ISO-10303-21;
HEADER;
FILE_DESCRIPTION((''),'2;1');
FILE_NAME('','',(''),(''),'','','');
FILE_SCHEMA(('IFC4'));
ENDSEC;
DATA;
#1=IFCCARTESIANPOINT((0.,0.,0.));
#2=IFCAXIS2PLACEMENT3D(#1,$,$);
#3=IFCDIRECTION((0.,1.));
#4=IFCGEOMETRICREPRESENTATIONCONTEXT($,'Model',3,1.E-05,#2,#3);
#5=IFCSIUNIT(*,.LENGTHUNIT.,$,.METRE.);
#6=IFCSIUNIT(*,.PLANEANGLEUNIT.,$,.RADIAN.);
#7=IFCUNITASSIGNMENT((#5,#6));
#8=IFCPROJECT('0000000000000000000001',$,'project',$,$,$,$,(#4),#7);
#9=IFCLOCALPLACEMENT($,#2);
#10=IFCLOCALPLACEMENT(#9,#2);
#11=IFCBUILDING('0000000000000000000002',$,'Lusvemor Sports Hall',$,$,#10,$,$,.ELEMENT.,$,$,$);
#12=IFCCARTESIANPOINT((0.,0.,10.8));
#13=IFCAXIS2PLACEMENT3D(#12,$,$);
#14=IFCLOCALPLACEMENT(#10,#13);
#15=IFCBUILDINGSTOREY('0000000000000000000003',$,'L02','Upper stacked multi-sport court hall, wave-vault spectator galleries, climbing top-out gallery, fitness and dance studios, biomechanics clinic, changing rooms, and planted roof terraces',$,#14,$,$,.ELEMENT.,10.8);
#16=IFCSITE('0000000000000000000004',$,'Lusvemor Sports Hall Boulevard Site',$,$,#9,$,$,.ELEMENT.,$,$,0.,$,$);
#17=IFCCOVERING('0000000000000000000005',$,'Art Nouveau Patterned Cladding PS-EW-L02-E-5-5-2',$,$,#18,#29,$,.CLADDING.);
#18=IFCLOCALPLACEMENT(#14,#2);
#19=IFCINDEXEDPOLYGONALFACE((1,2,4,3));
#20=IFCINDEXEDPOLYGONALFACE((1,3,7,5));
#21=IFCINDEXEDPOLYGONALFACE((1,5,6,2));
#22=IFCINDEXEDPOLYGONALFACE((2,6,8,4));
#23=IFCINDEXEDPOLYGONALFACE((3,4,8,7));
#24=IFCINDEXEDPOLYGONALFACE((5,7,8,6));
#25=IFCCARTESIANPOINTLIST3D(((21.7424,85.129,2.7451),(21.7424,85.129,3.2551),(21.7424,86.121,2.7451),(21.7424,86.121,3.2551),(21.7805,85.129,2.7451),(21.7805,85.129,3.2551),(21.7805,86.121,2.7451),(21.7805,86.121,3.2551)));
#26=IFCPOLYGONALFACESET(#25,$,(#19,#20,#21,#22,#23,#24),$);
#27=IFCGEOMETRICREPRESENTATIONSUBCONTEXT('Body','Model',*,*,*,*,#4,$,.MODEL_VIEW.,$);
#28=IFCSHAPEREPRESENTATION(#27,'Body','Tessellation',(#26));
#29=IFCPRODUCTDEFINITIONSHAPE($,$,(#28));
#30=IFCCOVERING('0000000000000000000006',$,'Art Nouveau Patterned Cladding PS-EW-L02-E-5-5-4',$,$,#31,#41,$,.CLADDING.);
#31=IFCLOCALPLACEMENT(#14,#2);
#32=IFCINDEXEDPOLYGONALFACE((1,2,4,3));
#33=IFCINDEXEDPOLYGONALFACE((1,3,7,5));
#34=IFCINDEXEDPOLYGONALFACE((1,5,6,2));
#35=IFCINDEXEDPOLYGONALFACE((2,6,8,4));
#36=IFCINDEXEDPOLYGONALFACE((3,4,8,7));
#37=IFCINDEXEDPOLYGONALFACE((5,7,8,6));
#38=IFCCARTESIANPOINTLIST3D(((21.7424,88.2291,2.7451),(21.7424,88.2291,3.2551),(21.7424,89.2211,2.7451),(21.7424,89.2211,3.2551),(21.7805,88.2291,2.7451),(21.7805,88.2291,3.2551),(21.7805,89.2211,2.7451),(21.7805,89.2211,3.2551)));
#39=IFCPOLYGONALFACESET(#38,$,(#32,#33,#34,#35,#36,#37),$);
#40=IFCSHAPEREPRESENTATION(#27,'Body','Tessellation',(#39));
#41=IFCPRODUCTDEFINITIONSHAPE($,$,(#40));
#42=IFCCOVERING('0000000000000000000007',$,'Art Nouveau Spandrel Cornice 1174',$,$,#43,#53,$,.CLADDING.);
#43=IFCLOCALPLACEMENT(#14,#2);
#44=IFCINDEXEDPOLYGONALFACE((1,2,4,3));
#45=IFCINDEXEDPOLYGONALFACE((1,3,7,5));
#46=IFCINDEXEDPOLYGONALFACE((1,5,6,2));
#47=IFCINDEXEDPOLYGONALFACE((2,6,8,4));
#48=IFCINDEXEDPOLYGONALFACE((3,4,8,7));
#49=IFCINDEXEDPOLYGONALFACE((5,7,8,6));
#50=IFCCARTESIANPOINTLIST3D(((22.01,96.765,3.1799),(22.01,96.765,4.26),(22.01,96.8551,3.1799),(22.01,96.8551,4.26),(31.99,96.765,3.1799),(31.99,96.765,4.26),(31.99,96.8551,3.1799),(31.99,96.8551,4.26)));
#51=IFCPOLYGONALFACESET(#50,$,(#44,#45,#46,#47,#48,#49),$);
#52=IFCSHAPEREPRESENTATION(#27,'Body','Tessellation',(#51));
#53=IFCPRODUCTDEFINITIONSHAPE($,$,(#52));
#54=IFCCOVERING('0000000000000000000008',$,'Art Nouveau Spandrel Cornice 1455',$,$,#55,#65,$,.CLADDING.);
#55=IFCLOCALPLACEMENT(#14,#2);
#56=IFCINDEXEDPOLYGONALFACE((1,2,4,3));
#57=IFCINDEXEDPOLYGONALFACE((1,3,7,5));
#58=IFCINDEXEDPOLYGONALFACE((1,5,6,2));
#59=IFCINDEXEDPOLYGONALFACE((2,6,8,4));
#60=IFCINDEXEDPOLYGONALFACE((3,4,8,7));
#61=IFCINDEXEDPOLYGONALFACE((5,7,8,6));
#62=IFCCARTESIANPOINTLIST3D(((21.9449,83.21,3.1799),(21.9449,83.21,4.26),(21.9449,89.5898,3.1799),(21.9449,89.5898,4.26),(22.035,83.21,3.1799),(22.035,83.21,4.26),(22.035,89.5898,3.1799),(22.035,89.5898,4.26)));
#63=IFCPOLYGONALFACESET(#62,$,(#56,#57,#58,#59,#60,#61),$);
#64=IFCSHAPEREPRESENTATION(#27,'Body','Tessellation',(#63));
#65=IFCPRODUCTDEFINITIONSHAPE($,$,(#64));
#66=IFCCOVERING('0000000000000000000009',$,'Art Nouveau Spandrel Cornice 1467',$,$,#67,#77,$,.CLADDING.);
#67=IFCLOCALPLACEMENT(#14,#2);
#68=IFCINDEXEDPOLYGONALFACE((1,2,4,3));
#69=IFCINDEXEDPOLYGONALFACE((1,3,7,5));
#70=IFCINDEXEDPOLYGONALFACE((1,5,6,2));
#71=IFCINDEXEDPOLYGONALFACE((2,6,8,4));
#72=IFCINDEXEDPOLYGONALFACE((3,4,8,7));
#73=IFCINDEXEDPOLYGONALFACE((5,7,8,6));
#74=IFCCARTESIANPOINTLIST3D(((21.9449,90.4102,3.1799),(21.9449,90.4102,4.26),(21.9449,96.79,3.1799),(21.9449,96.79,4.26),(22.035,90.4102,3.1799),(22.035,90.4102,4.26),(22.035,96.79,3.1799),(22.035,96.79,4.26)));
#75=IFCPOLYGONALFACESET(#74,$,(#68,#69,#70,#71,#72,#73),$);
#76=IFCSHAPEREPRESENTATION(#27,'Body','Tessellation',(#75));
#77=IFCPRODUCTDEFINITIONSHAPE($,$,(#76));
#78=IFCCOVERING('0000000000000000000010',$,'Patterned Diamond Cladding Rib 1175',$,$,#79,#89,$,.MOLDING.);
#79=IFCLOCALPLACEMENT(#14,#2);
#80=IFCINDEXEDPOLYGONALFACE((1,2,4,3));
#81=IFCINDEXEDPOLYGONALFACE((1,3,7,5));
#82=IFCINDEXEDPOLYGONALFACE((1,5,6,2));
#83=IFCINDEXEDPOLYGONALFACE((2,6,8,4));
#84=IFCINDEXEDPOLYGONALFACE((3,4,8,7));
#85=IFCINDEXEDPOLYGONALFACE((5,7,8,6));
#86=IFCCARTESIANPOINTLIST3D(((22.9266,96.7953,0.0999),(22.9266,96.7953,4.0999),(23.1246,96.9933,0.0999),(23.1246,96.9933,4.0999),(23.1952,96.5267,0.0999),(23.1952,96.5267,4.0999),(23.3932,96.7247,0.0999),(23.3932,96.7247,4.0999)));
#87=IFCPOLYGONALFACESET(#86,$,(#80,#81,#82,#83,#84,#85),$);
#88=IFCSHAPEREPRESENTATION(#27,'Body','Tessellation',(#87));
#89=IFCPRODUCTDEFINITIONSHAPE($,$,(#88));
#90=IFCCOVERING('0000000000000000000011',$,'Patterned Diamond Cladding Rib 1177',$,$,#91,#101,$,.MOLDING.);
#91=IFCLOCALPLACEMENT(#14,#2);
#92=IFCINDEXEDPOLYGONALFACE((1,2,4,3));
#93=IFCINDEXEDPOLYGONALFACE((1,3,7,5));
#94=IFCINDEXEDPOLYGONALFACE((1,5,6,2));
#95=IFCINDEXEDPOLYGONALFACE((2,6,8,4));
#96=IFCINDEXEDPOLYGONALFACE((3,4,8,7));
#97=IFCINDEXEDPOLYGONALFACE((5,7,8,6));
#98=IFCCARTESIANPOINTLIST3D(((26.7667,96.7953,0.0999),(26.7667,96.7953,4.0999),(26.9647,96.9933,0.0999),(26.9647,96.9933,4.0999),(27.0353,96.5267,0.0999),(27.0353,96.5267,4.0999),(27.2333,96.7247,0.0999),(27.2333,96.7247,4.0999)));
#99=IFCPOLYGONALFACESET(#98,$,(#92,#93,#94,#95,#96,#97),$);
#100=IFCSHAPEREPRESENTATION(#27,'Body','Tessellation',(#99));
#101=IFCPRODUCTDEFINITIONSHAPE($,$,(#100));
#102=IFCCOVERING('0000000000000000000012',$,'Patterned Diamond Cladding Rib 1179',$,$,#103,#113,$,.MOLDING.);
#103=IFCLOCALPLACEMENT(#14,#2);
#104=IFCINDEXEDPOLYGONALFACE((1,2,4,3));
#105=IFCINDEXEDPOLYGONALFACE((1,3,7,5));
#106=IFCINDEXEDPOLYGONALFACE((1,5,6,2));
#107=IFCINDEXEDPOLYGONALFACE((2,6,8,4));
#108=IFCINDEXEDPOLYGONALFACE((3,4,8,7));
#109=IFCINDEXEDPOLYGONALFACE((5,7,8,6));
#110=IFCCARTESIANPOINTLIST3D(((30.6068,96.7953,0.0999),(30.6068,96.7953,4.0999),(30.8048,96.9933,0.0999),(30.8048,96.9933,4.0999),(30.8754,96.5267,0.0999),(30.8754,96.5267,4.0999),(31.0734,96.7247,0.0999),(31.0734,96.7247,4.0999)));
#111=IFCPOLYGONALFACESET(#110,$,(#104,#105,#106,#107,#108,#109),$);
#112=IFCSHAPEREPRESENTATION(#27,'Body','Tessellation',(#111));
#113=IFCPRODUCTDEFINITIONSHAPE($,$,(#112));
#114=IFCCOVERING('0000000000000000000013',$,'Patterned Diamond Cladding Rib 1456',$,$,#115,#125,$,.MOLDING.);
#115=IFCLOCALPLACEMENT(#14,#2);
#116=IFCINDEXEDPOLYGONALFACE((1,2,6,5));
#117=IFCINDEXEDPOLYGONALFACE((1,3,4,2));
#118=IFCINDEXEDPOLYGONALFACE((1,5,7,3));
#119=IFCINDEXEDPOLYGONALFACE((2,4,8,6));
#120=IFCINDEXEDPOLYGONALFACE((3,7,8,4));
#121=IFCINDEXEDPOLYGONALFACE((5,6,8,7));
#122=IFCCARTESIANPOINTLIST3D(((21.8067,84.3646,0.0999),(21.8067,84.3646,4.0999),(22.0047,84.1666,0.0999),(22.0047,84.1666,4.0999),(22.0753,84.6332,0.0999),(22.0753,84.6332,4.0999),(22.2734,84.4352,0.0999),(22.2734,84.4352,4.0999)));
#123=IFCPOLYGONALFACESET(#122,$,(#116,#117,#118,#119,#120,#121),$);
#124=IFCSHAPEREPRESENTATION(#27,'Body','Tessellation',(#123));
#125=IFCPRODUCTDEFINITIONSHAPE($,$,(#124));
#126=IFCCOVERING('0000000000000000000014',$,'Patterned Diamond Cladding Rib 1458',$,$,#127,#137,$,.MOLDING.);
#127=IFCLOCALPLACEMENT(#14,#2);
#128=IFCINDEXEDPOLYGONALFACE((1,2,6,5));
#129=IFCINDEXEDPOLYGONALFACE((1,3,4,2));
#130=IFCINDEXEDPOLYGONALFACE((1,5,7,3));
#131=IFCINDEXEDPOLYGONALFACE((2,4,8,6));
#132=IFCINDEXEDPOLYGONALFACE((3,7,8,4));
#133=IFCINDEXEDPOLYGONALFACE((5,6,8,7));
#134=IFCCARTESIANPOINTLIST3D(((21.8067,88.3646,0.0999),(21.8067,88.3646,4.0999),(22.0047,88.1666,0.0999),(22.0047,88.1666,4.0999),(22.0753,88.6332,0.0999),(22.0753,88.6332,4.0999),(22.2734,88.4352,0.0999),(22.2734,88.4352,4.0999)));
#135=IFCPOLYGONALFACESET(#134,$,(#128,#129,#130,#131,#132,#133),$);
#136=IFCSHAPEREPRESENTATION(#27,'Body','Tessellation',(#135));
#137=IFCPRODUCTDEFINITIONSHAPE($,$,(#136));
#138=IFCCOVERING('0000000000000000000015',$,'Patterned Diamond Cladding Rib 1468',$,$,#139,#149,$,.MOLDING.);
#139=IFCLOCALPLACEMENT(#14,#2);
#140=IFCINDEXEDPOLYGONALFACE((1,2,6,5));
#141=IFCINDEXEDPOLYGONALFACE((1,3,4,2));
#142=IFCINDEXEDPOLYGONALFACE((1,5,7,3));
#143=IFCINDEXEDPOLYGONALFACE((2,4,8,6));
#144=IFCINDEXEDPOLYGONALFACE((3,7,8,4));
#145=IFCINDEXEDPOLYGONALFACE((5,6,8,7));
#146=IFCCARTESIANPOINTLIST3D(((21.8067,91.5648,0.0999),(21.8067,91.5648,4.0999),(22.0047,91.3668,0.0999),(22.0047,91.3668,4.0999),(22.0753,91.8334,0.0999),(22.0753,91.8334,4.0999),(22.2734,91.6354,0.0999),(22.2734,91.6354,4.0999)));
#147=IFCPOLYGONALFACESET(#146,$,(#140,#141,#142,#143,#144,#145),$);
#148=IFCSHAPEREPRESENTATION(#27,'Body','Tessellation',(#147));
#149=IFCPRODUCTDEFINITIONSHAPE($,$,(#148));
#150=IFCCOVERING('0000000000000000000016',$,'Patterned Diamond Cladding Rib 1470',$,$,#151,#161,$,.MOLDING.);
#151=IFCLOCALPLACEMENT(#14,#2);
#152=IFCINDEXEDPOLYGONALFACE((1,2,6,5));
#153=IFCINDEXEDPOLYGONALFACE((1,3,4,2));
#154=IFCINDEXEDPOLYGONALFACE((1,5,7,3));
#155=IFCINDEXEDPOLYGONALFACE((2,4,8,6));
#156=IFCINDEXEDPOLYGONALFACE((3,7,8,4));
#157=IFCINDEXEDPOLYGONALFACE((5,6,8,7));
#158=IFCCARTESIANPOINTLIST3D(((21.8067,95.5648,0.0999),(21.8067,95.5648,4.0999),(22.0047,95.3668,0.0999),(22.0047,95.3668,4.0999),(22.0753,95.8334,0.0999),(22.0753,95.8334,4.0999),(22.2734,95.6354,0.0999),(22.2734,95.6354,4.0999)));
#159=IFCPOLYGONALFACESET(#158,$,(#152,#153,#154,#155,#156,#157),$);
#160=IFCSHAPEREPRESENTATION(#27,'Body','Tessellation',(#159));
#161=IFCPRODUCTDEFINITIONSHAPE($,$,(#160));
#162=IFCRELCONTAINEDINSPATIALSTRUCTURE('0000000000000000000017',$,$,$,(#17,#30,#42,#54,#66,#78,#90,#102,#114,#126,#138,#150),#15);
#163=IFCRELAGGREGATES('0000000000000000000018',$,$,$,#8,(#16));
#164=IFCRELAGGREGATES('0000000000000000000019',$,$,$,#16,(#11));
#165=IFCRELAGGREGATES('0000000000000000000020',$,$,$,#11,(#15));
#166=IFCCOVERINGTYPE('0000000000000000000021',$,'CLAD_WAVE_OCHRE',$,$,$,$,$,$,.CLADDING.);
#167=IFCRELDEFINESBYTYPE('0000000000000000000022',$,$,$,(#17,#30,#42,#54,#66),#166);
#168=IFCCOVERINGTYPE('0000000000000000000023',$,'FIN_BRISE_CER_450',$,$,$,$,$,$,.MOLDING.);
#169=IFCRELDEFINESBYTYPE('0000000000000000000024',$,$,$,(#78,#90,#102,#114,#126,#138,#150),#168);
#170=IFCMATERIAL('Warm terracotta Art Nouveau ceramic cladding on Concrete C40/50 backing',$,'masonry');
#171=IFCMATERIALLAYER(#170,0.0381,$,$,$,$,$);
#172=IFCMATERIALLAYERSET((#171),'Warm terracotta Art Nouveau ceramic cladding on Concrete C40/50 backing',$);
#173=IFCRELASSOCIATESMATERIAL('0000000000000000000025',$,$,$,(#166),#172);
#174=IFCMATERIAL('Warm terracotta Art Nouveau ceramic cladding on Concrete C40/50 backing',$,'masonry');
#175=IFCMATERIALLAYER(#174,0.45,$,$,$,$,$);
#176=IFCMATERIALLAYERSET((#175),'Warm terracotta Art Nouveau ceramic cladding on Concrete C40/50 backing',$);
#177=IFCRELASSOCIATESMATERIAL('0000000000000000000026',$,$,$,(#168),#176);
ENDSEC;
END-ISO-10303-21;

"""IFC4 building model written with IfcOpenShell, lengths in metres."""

from ifc_helpers import new_model, si_unit, direction, frame, origin, origin_2d, place, context, subcontext, project, spatial, rectangle, extrude, material, layer, layer_set, type_object, element, save


model = new_model("IFC4")

# Units and contexts
model_context = context("Model", 3, precision=1e-05, world=origin(), true_north=direction((0.0, 1.0)))
body_context = subcontext(model_context, "Body", "Model", "MODEL_VIEW")
ifc_project = project(units=[si_unit("LENGTHUNIT", "METRE"), si_unit("PLANEANGLEUNIT", "RADIAN")], contexts=[model_context])

# Site, building, storey
site_placement = place(None, origin())
site = spatial("IfcSite", under=ifc_project, at=site_placement, Name="Lusvemor Sports Hall Boulevard Site", CompositionType="ELEMENT", RefElevation=0.0)
building_placement = place(site_placement, origin())
building = spatial("IfcBuilding", under=site, at=building_placement, Name="Lusvemor Sports Hall", CompositionType="ELEMENT")
storey_placement = place(building_placement, frame((0.0, 0.0, 10.8)))
storey = spatial("IfcBuildingStorey", under=building, at=storey_placement, Name="L02", Description="Upper stacked multi-sport court hall, wave-vault spectator galleries, climbing top-out gallery, fitness and dance studios, biomechanics clinic, changing rooms, and planted roof terraces", CompositionType="ELEMENT", Elevation=10.8)

# Coverings
ifc_material_1 = material(Name="Warm terracotta Art Nouveau ceramic cladding on Concrete C40/50 backing", Category="masonry")
ifc_layer_1 = layer(ifc_material_1, 0.0381)
ifc_layer_set_1 = layer_set([ifc_layer_1], Name="Warm terracotta Art Nouveau ceramic cladding on Concrete C40/50 backing")
covering_type_1 = type_object("IfcCoveringType", Name="CLAD_WAVE_OCHRE", PredefinedType="CLADDING", material=ifc_layer_set_1)
for number, where, z_axis, x_axis, name in (
    (1, (21.7615, 85.625, 2.7451), (0.0, 0.0, 1.0), (1.0, 0.0, 0.0), "Art Nouveau Patterned Cladding PS-EW-L02-E-5-5-2"),
    (2, (21.7615, 88.7251, 2.7451), (0.0, 0.0, 1.0), (1.0, 0.0, 0.0), "Art Nouveau Patterned Cladding PS-EW-L02-E-5-5-4"),
):
    element("IfcCovering", number, at=place(storey_placement, frame(where, z_axis=z_axis, x_axis=x_axis)), inside=storey, type_object=covering_type_1, Name=name, PredefinedType="CLADDING", context=body_context, shape_type="SweptSolid", body=[
        extrude(rectangle(XDim=0.0381, YDim=0.9919, at=origin_2d()), origin(), (0.0, 0.0, 1.0), 0.51),
    ])
covering_placement = place(storey_placement, frame((27.0, 96.8101, 3.1799), z_axis=(0.0, 0.0, 1.0), x_axis=(1.0, 0.0, 0.0)))
element("IfcCovering", 3, at=covering_placement, inside=storey, type_object=covering_type_1, Name="Art Nouveau Spandrel Cornice 1174", PredefinedType="CLADDING", context=body_context, shape_type="SweptSolid", body=[
    extrude(rectangle(XDim=9.98, YDim=0.0901, at=origin_2d()), origin(), (0.0, 0.0, 1.0), 1.0801),
])
for number, where, z_axis, x_axis, name in (
    (4, (21.99, 86.3999, 3.1799), (0.0, 0.0, 1.0), (1.0, 0.0, 0.0), "Art Nouveau Spandrel Cornice 1455"),
    (5, (21.99, 93.6001, 3.1799), (0.0, 0.0, 1.0), (1.0, 0.0, 0.0), "Art Nouveau Spandrel Cornice 1467"),
):
    element("IfcCovering", number, at=place(storey_placement, frame(where, z_axis=z_axis, x_axis=x_axis)), inside=storey, type_object=covering_type_1, Name=name, PredefinedType="CLADDING", context=body_context, shape_type="SweptSolid", body=[
        extrude(rectangle(XDim=0.0901, YDim=6.3799, at=origin_2d()), origin(), (0.0, 0.0, 1.0), 1.0801),
    ])
ifc_material_2 = material(Name="Warm terracotta Art Nouveau ceramic cladding on Concrete C40/50 backing", Category="masonry")
ifc_layer_2 = layer(ifc_material_2, 0.45)
ifc_layer_set_2 = layer_set([ifc_layer_2], Name="Warm terracotta Art Nouveau ceramic cladding on Concrete C40/50 backing")
covering_type_2 = type_object("IfcCoveringType", Name="FIN_BRISE_CER_450", PredefinedType="MOLDING", material=ifc_layer_set_2)
for number, where, z_axis, x_axis, name in (
    (6, (23.1599, 96.76, 0.0999), (0.0, 0.0, 1.0), (0.707107, 0.707107, 0.0), "Patterned Diamond Cladding Rib 1175"),
    (7, (27.0, 96.76, 0.0999), (0.0, 0.0, 1.0), (0.707107, 0.707107, 0.0), "Patterned Diamond Cladding Rib 1177"),
    (8, (30.8401, 96.76, 0.0999), (0.0, 0.0, 1.0), (0.707107, 0.707107, 0.0), "Patterned Diamond Cladding Rib 1179"),
):
    element("IfcCovering", number, at=place(storey_placement, frame(where, z_axis=z_axis, x_axis=x_axis)), inside=storey, type_object=covering_type_2, Name=name, PredefinedType="MOLDING", context=body_context, shape_type="SweptSolid", body=[
        extrude(rectangle(XDim=0.28, YDim=0.3799, at=origin_2d()), origin(), (0.0, 0.0, 1.0), 4.0),
    ])
for number, where, z_axis, x_axis, name in (
    (9, (22.04, 84.3999, 0.0999), (0.0, 0.0, 1.0), (0.707107, 0.707107, 0.0), "Patterned Diamond Cladding Rib 1456"),
    (10, (22.04, 88.3999, 0.0999), (0.0, 0.0, 1.0), (0.707107, 0.707107, 0.0), "Patterned Diamond Cladding Rib 1458"),
    (11, (22.04, 91.6001, 0.0999), (0.0, 0.0, 1.0), (0.707107, 0.707107, 0.0), "Patterned Diamond Cladding Rib 1468"),
    (12, (22.04, 95.6001, 0.0999), (0.0, 0.0, 1.0), (0.707107, 0.707107, 0.0), "Patterned Diamond Cladding Rib 1470"),
):
    element("IfcCovering", number, at=place(storey_placement, frame(where, z_axis=z_axis, x_axis=x_axis)), inside=storey, type_object=covering_type_2, Name=name, PredefinedType="MOLDING", context=body_context, shape_type="SweptSolid", body=[
        extrude(rectangle(XDim=0.3799, YDim=0.28, at=origin_2d()), origin(), (0.0, 0.0, 1.0), 4.0),
    ])

save(model, "model.ifc")
